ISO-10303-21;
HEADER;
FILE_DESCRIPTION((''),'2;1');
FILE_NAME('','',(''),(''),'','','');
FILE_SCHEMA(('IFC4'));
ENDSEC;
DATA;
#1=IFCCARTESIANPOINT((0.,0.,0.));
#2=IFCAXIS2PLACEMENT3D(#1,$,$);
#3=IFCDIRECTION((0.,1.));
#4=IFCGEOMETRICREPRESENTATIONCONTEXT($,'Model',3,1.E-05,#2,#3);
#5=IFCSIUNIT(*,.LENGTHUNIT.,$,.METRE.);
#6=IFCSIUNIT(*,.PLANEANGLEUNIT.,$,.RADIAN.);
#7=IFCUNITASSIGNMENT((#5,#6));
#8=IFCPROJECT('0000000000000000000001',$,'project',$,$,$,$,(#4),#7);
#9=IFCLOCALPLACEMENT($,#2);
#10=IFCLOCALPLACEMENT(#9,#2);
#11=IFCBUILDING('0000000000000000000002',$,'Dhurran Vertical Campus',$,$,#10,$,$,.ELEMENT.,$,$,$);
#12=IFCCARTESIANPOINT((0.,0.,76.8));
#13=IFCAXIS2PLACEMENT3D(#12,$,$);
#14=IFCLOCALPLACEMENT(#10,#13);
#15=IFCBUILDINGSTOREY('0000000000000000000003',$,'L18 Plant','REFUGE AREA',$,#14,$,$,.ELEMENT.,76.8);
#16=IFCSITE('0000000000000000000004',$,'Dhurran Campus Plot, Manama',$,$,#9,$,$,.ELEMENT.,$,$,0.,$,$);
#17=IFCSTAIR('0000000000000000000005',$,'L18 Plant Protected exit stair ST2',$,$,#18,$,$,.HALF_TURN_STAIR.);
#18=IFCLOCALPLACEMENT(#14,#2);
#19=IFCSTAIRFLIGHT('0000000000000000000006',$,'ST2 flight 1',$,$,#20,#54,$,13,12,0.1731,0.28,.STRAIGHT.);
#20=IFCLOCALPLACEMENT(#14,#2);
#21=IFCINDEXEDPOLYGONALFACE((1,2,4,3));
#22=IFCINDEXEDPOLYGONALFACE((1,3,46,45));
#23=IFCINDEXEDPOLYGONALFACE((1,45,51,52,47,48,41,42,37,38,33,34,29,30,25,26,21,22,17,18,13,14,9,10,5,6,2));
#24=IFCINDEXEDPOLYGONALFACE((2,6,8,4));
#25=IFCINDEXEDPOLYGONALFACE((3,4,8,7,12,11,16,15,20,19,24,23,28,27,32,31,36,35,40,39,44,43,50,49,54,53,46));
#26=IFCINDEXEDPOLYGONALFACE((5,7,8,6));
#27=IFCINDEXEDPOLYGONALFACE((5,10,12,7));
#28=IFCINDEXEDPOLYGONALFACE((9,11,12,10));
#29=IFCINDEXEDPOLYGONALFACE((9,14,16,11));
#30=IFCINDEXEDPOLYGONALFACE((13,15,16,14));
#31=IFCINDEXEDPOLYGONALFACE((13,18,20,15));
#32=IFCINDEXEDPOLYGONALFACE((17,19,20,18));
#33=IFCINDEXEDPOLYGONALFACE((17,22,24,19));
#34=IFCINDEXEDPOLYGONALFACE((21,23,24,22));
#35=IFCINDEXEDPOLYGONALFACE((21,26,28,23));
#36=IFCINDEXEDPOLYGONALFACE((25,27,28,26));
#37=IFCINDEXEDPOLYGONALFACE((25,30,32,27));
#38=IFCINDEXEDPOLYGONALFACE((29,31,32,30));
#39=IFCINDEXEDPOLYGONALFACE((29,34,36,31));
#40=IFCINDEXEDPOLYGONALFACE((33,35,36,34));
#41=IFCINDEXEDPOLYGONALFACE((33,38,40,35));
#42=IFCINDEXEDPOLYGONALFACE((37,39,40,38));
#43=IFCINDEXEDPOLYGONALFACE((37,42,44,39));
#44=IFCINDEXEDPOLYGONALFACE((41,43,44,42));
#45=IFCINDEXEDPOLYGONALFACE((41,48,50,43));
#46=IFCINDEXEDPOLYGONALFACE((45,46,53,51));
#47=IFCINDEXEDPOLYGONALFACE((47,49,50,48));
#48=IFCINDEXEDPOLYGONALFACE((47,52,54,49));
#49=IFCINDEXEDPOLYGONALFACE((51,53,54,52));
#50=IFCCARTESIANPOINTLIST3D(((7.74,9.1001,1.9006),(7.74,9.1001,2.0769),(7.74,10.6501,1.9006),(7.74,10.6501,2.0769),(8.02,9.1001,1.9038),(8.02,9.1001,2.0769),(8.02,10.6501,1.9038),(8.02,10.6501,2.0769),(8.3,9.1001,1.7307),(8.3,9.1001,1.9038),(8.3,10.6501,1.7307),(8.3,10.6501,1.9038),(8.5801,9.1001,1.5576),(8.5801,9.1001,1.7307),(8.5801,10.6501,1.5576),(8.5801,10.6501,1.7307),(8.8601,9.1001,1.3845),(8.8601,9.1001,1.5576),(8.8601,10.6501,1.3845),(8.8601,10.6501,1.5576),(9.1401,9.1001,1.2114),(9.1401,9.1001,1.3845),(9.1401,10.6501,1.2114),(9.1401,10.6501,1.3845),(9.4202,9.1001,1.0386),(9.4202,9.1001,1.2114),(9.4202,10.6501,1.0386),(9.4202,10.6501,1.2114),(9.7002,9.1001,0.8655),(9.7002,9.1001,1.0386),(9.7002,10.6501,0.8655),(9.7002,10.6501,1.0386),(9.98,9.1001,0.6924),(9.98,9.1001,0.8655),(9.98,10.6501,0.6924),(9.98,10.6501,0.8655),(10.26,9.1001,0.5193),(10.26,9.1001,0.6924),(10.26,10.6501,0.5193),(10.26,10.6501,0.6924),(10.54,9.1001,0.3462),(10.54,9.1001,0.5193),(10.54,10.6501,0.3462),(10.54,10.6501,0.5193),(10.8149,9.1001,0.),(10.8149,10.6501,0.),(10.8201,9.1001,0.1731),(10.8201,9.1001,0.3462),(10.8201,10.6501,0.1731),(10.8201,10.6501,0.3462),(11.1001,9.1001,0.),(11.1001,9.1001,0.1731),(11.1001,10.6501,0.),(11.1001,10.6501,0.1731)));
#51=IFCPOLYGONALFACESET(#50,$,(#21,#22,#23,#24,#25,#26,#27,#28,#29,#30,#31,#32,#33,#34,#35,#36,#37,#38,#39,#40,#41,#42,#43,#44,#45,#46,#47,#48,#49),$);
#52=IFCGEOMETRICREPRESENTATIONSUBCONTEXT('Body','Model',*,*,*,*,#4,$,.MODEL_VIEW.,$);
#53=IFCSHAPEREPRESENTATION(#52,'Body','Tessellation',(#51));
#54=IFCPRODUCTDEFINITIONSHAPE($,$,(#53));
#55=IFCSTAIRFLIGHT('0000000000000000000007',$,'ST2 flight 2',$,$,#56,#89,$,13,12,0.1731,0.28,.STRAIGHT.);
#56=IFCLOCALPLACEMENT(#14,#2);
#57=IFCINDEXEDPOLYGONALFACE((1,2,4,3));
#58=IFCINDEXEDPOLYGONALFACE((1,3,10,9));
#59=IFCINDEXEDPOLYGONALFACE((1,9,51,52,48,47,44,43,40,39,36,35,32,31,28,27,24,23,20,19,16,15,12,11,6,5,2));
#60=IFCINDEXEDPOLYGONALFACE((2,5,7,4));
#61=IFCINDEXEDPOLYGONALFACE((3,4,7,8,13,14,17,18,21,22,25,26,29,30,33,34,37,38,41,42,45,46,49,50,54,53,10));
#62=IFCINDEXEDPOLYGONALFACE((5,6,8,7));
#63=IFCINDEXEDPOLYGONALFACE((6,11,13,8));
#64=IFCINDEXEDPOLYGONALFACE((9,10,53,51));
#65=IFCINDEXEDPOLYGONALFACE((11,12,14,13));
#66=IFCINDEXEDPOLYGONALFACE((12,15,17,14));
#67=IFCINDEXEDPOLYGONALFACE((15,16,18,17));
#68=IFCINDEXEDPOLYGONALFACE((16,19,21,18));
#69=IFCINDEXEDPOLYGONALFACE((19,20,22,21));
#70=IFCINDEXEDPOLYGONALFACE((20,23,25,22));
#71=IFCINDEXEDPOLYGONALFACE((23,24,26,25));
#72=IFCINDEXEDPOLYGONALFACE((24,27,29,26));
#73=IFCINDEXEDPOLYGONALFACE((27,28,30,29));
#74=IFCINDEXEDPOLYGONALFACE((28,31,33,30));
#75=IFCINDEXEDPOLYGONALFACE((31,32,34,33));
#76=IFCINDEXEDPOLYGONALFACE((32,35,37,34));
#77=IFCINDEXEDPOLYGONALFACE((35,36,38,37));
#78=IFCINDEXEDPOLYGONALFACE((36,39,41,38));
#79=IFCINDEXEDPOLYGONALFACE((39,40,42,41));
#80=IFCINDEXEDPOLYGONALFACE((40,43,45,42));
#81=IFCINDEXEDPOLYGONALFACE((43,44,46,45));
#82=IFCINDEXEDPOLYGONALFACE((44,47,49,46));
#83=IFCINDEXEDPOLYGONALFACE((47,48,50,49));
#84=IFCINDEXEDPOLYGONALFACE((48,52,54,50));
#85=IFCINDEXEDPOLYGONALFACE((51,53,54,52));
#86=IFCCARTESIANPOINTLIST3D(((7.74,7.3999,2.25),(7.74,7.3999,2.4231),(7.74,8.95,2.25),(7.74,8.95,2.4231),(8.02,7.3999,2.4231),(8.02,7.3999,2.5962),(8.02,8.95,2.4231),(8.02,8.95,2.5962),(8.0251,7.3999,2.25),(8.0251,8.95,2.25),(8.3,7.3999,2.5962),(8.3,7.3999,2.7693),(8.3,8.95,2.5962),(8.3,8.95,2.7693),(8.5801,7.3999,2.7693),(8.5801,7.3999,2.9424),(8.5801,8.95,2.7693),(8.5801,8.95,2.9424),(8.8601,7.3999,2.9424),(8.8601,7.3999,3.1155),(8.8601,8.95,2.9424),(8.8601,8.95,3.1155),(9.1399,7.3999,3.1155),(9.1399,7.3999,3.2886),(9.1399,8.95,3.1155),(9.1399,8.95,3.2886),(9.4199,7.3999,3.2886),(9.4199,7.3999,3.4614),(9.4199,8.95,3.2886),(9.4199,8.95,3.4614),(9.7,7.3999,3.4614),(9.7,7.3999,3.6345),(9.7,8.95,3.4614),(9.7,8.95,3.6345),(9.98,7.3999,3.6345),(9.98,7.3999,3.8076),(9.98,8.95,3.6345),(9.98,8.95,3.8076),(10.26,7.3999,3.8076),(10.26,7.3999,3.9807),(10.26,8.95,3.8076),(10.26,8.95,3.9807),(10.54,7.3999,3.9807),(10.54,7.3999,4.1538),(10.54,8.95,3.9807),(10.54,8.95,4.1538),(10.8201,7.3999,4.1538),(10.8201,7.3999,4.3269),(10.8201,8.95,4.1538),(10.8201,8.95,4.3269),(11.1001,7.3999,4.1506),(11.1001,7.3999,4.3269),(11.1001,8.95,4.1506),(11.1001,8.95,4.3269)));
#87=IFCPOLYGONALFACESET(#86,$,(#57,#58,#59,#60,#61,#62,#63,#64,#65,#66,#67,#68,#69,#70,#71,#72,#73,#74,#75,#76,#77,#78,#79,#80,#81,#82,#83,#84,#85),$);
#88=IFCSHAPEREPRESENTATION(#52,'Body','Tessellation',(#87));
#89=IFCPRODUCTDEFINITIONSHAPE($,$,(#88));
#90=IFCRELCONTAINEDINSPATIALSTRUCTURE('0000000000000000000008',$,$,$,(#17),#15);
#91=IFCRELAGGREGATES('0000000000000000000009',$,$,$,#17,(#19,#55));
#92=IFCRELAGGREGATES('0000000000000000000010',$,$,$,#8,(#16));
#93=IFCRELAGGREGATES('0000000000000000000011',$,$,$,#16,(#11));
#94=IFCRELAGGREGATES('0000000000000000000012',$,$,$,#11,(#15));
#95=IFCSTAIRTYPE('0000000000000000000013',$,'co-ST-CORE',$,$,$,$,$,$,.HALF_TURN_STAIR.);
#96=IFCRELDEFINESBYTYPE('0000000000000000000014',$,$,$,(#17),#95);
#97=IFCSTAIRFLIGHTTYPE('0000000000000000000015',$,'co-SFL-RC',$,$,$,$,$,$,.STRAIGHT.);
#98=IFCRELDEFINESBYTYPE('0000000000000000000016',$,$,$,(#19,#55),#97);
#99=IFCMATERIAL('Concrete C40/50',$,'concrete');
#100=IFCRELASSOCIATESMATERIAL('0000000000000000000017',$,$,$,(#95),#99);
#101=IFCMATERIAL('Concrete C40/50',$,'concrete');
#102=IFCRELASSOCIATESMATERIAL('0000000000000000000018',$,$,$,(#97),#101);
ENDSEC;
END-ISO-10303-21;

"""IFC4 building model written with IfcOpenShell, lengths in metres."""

from ifc_helpers import new_model, si_unit, direction, frame, origin, place, context, subcontext, project, spatial, polyline, outline, extrude, material, type_object, element, aggregate, save


model = new_model("IFC4")

# Units and contexts
model_context = context("Model", 3, precision=1e-05, world=origin(), true_north=direction((0.0, 1.0)))
body_context = subcontext(model_context, "Body", "Model", "MODEL_VIEW")
ifc_project = project(units=[si_unit("LENGTHUNIT", "METRE"), si_unit("PLANEANGLEUNIT", "RADIAN")], contexts=[model_context])

# Site, building, storey
site_placement = place(None, origin())
site = spatial("IfcSite", under=ifc_project, at=site_placement, Name="Dhurran Campus Plot, Manama", CompositionType="ELEMENT", RefElevation=0.0)
building_placement = place(site_placement, origin())
building = spatial("IfcBuilding", under=site, at=building_placement, Name="Dhurran Vertical Campus", CompositionType="ELEMENT")
storey_placement = place(building_placement, frame((0.0, 0.0, 76.8)))
storey = spatial("IfcBuildingStorey", under=building, at=storey_placement, Name="L18 Plant", Description="REFUGE AREA", CompositionType="ELEMENT", Elevation=76.8)

# Stair, stair flights
ifc_material_1 = material(Name="Concrete C40/50", Category="concrete")
stair_type = type_object("IfcStairType", Name="co-ST-CORE", PredefinedType="HALF_TURN_STAIR", material=ifc_material_1)
stair_placement = place(storey_placement, origin())
stair = element("IfcStair", 1, at=stair_placement, inside=storey, type_object=stair_type, Name="L18 Plant Protected exit stair ST2", PredefinedType="HALF_TURN_STAIR")
ifc_material_2 = material(Name="Concrete C40/50", Category="concrete")
stair_flight_type = type_object("IfcStairFlightType", Name="co-SFL-RC", PredefinedType="STRAIGHT", material=ifc_material_2)
stair_flight_1_placement = place(storey_placement, frame((11.1001, 9.875, 0.0), z_axis=(0.0, 0.0, 1.0), x_axis=(-1.0, 0.0, 0.0)))
stair_flight_1 = element("IfcStairFlight", 2, at=stair_flight_1_placement, type_object=stair_flight_type, Name="ST2 flight 1", NumberOfRisers=13, NumberOfTreads=12, PredefinedType="STRAIGHT", RiserHeight=0.1731, TreadLength=0.28, context=body_context, shape_type="SweptSolid", body=[
    extrude(outline(polyline([(0.0, 0.0), (0.0, 0.1731), (0.28, 0.1731), (0.28, 0.3462), (0.5601, 0.3462), (0.5601, 0.5193), (0.8401, 0.5193), (0.8401, 0.6924), (1.1201, 0.6924), (1.1201, 0.8655), (1.3999, 0.8655), (1.3999, 1.0386), (1.6799, 1.0386), (1.6799, 1.2114), (1.96, 1.2114), (1.96, 1.3845), (2.24, 1.3845), (2.24, 1.5576), (2.52, 1.5576), (2.52, 1.7307), (2.8, 1.7307), (2.8, 1.9038), (3.0801, 1.9038), (3.0801, 2.0769), (3.3601, 2.0769), (3.3601, 2.25), (3.3601, 1.9006), (0.2852, 0.0), (0.0, 0.0)])), frame((0.0, 0.7749, 0.0), z_axis=(0.0, -1.0, 0.0), x_axis=(1.0, 0.0, 0.0)), (0.0, 0.0, 1.0), 1.55),
])
stair_flight_2_placement = place(storey_placement, frame((7.74, 8.175, 2.25), z_axis=(0.0, 0.0, 1.0), x_axis=(1.0, 0.0, 0.0)))
stair_flight_2 = element("IfcStairFlight", 3, at=stair_flight_2_placement, type_object=stair_flight_type, Name="ST2 flight 2", NumberOfRisers=13, NumberOfTreads=12, PredefinedType="STRAIGHT", RiserHeight=0.1731, TreadLength=0.28, context=body_context, shape_type="SweptSolid", body=[
    extrude(outline(polyline([(0.0, 0.0), (0.0, 0.1731), (0.28, 0.1731), (0.28, 0.3462), (0.5601, 0.3462), (0.5601, 0.5193), (0.8401, 0.5193), (0.8401, 0.6924), (1.1201, 0.6924), (1.1201, 0.8655), (1.3999, 0.8655), (1.3999, 1.0386), (1.6799, 1.0386), (1.6799, 1.2114), (1.96, 1.2114), (1.96, 1.3845), (2.24, 1.3845), (2.24, 1.5576), (2.52, 1.5576), (2.52, 1.7307), (2.8, 1.7307), (2.8, 1.9038), (3.0801, 1.9038), (3.0801, 2.0769), (3.3601, 2.0769), (3.3601, 2.25), (3.3601, 1.9006), (0.2852, 0.0), (0.0, 0.0)])), frame((0.0, 0.7749, 0.0), z_axis=(0.0, -1.0, 0.0), x_axis=(1.0, 0.0, 0.0)), (0.0, 0.0, 1.0), 1.55),
])
aggregate(stair, [stair_flight_1, stair_flight_2])

save(model, "model.ifc")
